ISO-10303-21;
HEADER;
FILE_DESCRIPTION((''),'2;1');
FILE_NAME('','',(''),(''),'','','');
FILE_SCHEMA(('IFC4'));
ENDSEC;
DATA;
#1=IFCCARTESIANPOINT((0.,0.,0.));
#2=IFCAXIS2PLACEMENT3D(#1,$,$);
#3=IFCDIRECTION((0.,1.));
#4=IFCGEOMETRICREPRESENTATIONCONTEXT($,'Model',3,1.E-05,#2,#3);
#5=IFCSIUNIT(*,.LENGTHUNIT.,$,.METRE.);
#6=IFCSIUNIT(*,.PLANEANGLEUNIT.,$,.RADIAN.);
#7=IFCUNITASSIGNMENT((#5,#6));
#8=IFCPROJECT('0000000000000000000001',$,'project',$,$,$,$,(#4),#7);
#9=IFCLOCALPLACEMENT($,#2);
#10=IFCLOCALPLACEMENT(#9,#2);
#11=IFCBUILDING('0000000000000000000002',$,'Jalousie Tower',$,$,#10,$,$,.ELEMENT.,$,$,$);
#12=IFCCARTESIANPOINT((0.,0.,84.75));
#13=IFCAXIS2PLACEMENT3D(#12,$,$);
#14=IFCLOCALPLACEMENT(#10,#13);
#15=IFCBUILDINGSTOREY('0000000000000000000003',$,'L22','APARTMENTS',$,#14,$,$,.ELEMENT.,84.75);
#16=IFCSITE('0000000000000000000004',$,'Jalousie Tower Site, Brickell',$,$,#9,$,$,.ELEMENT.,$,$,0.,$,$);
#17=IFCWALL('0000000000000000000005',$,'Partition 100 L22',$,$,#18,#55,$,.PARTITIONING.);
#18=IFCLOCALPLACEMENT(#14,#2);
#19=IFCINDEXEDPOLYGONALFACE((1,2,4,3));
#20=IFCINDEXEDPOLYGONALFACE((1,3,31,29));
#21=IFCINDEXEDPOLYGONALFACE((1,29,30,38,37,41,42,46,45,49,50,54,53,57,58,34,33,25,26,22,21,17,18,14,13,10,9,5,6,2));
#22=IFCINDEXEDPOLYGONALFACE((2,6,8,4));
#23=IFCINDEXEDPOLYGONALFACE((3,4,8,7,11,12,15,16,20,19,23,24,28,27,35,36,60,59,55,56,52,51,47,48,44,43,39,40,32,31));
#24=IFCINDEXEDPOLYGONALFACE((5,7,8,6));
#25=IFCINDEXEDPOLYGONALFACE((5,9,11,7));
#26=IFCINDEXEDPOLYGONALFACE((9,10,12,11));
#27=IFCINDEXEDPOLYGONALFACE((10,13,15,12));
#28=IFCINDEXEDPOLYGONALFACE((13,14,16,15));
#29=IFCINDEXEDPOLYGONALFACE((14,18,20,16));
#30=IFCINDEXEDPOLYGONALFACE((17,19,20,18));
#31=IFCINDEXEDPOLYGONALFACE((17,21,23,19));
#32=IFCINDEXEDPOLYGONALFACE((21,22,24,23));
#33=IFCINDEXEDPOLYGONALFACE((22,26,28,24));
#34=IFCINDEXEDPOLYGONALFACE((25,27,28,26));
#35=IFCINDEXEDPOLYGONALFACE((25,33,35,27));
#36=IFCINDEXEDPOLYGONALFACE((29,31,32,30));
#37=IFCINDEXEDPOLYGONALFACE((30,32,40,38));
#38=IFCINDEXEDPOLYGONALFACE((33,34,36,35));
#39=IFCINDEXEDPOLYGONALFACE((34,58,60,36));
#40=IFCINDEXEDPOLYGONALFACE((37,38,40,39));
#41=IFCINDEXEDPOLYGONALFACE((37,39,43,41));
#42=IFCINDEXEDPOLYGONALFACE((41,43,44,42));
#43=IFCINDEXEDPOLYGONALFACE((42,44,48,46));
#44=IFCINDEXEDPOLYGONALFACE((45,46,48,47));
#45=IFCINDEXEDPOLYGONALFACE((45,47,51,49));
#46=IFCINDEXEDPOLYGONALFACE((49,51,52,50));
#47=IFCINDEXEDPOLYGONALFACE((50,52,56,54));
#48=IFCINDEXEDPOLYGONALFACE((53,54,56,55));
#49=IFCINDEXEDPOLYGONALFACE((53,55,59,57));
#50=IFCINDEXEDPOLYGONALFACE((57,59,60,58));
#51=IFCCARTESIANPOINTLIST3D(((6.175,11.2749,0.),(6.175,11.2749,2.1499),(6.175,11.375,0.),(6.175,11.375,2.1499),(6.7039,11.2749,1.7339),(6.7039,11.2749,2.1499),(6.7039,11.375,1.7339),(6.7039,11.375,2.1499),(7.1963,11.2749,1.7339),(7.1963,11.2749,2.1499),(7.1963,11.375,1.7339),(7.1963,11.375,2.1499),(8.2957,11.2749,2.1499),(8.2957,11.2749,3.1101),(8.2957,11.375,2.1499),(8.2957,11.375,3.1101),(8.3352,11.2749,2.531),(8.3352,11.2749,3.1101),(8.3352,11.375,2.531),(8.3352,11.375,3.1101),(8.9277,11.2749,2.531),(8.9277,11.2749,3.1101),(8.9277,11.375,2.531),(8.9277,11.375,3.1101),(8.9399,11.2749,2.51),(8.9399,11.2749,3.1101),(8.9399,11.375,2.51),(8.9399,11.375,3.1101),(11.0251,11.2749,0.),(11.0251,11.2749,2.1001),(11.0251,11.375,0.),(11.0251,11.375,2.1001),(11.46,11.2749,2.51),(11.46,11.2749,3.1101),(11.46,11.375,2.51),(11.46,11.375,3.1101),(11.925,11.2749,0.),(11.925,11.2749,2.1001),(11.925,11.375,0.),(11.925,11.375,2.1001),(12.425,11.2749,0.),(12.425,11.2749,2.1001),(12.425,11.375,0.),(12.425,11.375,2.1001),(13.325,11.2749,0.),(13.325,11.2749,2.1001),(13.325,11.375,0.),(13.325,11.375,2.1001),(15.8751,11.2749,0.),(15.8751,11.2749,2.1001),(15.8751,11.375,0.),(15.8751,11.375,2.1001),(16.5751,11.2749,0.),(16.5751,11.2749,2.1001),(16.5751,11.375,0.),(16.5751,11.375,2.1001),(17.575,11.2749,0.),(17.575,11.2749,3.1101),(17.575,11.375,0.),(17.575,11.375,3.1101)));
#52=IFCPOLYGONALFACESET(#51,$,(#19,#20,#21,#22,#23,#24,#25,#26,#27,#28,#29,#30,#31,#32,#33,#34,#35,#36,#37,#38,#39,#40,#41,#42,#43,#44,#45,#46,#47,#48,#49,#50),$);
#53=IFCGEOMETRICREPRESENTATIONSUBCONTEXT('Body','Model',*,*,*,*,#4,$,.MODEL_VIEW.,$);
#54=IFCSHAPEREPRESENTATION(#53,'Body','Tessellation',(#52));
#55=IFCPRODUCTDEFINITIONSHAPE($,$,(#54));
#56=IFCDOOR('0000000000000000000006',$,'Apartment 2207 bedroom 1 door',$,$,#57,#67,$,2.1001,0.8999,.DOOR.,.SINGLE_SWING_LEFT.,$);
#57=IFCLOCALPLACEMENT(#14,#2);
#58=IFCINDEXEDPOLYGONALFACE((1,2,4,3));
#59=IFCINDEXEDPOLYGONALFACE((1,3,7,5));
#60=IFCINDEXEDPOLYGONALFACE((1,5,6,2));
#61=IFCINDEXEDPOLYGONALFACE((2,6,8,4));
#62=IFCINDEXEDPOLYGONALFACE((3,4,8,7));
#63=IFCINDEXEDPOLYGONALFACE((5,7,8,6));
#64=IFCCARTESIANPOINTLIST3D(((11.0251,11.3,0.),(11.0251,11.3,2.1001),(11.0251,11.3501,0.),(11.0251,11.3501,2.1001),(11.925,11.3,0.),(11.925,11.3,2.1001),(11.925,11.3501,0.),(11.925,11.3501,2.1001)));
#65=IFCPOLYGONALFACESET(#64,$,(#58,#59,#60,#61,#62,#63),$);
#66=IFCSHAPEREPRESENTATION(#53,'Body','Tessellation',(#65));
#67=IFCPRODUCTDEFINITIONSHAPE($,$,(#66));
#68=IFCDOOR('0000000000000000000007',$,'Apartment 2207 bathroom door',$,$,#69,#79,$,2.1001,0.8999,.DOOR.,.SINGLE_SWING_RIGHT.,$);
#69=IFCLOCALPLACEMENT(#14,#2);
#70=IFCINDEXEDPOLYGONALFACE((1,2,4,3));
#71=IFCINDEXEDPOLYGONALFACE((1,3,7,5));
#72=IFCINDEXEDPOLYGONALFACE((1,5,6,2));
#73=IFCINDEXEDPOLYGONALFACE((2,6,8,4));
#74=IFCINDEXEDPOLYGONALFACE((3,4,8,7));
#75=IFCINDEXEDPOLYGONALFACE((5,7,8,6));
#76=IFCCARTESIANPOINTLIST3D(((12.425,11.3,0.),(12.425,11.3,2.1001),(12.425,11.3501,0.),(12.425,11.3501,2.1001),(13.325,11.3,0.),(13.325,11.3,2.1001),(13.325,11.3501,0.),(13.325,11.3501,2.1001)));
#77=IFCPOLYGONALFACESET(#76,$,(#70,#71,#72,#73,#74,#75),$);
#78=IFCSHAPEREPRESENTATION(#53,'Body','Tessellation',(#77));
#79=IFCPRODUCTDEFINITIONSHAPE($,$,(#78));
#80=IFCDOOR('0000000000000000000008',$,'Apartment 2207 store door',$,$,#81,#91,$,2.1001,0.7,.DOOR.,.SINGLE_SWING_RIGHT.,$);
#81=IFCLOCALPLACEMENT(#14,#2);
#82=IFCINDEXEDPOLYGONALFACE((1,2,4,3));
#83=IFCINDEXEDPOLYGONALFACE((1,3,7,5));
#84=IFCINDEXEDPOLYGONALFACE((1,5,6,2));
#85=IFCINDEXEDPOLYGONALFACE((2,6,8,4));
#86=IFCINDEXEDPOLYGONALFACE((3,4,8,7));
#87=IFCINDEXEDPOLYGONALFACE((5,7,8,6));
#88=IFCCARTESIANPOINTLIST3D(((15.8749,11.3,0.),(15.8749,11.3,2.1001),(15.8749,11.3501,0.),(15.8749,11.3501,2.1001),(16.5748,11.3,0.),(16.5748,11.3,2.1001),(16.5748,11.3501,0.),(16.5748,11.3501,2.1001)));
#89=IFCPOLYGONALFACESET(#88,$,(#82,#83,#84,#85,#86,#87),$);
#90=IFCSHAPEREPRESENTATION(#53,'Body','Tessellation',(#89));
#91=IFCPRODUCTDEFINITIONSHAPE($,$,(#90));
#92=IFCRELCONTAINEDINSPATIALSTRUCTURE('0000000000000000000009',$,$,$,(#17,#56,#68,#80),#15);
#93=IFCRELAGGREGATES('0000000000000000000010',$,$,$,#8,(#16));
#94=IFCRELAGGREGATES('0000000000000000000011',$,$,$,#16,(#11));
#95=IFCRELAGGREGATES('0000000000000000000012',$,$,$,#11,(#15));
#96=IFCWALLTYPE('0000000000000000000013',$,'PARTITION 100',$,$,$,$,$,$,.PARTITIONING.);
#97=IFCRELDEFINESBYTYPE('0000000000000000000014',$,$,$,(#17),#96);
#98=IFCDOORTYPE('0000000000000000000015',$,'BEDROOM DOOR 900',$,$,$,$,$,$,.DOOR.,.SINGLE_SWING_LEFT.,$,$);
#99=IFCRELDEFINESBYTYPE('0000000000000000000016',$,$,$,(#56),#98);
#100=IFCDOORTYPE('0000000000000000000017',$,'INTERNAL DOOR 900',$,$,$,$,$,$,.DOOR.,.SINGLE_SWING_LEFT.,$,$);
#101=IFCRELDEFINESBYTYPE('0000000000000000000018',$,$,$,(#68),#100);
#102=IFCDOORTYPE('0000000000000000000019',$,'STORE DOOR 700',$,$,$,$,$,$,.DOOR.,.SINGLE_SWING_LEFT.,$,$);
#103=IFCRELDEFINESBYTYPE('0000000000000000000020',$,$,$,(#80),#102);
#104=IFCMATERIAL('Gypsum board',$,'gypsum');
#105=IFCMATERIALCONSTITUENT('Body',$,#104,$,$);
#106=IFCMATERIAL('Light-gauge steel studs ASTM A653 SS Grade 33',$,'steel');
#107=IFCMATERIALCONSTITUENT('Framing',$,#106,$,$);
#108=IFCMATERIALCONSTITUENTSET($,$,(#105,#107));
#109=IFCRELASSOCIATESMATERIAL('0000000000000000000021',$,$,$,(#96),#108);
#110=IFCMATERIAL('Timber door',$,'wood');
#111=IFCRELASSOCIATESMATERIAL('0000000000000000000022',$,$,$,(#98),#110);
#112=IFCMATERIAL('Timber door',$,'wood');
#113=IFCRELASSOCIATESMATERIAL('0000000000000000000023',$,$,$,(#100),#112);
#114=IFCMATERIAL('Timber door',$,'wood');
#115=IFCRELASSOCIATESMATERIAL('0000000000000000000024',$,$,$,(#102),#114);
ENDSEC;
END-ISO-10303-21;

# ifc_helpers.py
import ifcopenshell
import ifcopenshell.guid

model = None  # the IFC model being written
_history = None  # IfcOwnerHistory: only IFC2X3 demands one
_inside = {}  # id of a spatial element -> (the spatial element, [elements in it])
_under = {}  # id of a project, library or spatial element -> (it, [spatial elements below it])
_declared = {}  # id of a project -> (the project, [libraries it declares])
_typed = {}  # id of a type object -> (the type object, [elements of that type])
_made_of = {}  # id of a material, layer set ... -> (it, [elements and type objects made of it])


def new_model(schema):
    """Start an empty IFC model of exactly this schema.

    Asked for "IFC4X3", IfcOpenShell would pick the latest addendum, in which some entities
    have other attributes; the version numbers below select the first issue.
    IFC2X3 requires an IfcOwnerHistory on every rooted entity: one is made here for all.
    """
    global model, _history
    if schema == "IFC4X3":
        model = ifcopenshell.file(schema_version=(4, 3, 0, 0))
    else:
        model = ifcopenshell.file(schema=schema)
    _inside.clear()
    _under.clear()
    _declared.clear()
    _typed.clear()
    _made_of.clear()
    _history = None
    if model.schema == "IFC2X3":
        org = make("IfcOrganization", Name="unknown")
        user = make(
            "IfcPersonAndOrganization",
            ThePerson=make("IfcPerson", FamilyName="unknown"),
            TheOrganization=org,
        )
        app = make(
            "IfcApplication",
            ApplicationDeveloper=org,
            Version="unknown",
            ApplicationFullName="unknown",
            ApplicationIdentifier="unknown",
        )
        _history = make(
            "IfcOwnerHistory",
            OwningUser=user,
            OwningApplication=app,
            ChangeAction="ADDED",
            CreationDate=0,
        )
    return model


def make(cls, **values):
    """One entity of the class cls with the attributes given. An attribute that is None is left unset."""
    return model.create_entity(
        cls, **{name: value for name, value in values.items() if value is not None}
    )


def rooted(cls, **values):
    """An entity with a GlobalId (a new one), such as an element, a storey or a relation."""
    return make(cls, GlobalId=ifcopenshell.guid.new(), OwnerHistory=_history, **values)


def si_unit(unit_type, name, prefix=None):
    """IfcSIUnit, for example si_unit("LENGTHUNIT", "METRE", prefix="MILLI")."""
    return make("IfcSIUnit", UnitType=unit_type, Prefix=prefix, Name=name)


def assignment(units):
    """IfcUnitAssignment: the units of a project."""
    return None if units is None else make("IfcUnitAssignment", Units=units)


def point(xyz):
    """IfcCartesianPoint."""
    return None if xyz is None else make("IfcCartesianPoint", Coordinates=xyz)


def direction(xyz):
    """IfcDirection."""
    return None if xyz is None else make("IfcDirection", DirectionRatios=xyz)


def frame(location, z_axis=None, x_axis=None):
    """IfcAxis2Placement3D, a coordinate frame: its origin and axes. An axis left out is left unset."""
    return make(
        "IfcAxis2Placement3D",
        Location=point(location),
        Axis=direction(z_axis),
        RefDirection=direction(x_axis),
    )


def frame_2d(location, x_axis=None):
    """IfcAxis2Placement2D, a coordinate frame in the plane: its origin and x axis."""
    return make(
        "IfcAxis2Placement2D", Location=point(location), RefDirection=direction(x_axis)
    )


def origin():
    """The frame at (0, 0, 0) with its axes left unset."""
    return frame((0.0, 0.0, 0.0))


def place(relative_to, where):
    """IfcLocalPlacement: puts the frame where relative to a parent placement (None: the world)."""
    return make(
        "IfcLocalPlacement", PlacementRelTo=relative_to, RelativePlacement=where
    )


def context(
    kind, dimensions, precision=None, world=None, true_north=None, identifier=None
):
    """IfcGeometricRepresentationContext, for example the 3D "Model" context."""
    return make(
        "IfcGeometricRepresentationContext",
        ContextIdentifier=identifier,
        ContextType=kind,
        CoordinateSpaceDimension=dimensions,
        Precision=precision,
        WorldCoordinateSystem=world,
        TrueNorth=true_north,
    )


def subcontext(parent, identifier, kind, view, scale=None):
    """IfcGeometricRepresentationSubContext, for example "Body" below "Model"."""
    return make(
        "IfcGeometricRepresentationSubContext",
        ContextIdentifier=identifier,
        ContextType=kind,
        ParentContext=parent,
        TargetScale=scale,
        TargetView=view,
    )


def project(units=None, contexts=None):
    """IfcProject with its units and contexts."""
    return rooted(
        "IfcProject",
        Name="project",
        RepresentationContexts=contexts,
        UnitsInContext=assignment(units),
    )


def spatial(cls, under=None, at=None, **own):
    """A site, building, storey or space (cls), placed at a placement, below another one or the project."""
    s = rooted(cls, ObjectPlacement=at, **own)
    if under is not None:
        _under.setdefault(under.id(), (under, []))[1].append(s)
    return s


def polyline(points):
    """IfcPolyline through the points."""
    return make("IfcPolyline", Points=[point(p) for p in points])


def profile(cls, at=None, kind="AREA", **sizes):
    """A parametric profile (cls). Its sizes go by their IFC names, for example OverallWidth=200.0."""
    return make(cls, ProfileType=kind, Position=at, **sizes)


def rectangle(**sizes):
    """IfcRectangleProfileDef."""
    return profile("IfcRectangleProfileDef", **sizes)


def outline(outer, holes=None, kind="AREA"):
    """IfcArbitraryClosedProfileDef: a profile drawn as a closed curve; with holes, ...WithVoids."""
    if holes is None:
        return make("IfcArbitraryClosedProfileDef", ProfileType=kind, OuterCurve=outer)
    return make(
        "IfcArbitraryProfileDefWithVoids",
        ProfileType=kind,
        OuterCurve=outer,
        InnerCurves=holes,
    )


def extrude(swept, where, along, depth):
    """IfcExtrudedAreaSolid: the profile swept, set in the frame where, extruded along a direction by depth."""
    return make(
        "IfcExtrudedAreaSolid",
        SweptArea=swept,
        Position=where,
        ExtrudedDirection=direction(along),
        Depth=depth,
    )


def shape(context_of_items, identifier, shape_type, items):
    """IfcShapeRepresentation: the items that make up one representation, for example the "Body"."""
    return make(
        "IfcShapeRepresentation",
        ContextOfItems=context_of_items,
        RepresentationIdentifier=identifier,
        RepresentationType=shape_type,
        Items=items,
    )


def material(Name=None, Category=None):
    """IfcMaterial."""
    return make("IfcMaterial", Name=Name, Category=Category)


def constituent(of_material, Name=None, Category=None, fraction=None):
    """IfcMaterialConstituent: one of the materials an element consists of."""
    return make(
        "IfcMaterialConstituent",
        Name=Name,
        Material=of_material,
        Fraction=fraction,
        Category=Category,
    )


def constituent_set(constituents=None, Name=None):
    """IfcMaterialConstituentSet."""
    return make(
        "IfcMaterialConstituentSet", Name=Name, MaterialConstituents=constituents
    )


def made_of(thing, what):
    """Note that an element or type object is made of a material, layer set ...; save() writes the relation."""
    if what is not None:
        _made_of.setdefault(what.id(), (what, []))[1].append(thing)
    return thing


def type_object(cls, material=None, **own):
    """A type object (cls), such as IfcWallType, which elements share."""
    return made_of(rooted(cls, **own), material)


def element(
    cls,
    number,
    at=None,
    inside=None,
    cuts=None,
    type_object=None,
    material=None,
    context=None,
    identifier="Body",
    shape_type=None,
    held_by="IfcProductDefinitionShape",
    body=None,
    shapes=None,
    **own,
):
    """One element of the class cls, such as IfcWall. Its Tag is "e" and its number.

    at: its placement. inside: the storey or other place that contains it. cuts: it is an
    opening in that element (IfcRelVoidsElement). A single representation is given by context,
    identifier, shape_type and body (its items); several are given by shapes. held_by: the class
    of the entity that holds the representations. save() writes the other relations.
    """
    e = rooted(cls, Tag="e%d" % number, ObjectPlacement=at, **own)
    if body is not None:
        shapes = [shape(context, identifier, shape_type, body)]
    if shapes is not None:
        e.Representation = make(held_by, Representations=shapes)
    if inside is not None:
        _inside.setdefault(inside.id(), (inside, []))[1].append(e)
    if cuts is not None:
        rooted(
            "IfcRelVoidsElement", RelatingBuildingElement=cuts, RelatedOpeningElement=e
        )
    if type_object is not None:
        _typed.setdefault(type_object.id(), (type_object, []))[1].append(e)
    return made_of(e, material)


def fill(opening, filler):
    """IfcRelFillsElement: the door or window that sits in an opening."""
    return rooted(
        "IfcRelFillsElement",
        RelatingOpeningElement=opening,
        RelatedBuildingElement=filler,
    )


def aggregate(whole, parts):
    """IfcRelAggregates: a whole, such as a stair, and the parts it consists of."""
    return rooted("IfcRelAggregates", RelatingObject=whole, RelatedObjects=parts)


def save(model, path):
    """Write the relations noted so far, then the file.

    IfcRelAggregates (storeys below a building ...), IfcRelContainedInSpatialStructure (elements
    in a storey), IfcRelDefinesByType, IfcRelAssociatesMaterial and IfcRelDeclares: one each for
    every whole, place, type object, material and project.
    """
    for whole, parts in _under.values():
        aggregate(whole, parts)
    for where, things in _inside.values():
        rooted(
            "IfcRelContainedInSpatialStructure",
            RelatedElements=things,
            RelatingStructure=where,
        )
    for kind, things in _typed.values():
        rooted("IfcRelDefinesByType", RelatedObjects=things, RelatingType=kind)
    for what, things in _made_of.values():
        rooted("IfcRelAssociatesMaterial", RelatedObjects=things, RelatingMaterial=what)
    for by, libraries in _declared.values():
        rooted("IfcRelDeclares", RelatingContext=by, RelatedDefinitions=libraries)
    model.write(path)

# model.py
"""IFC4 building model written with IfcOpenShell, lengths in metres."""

from ifc_helpers import new_model, si_unit, direction, frame, frame_2d, origin, place, context, subcontext, project, spatial, polyline, rectangle, outline, extrude, material, constituent, constituent_set, type_object, element, fill, save


model = new_model("IFC4")

# Units and contexts
model_context = context("Model", 3, precision=1e-05, world=origin(), true_north=direction((0.0, 1.0)))
body_context = subcontext(model_context, "Body", "Model", "MODEL_VIEW")
ifc_project = project(units=[si_unit("LENGTHUNIT", "METRE"), si_unit("PLANEANGLEUNIT", "RADIAN")], contexts=[model_context])

# Site, building, storey
site_placement = place(None, origin())
site = spatial("IfcSite", under=ifc_project, at=site_placement, Name="Jalousie Tower Site, Brickell", CompositionType="ELEMENT", RefElevation=0.0)
building_placement = place(site_placement, origin())
building = spatial("IfcBuilding", under=site, at=building_placement, Name="Jalousie Tower", CompositionType="ELEMENT")
storey_placement = place(building_placement, frame((0.0, 0.0, 84.75)))
storey = spatial("IfcBuildingStorey", under=building, at=storey_placement, Name="L22", Description="APARTMENTS", CompositionType="ELEMENT", Elevation=84.75)

# Wall, openings, doors
ifc_material_1 = material(Name="Gypsum board", Category="gypsum")
ifc_constituent_1 = constituent(ifc_material_1, Name="Body")
ifc_material_2 = material(Name="Light-gauge steel studs ASTM A653 SS Grade 33", Category="steel")
ifc_constituent_2 = constituent(ifc_material_2, Name="Framing")
ifc_constituent_set_1 = constituent_set(constituents=[ifc_constituent_1, ifc_constituent_2])
wall_type_1 = type_object("IfcWallType", Name="PARTITION 100", PredefinedType="PARTITIONING", material=ifc_constituent_set_1)
wall_1_placement = place(storey_placement, frame((6.175, 11.325, 0.0), z_axis=(0.0, 0.0, 1.0), x_axis=(1.0, 0.0, 0.0)))
wall_1 = element("IfcWall", 1, at=wall_1_placement, inside=storey, type_object=wall_type_1, Name="Partition 100 L22", PredefinedType="PARTITIONING", context=body_context, shape_type="SweptSolid", body=[
    extrude(outline(polyline([(0.0, 0.0), (11.3999, 0.0), (11.3999, 3.1101), (5.2849, 3.1101), (5.2849, 2.51), (2.7649, 2.51), (2.7649, 3.1101), (2.7527, 3.1101), (2.7527, 2.531), (2.1602, 2.531), (2.1602, 3.1101), (2.1206, 3.1101), (2.1206, 2.1499), (1.0212, 2.1499), (1.0212, 1.7339), (0.5288, 1.7339), (0.5288, 2.1499), (0.0, 2.1499), (0.0, 0.0)])), frame((0.0, 0.05, 0.0), z_axis=(0.0, -1.0, 0.0), x_axis=(1.0, 0.0, 0.0)), (0.0, 0.0, 1.0), 0.1001),
])
opening_1_placement = place(wall_1_placement, frame((4.8501, 0.0, 0.0)))
opening_1 = element("IfcOpeningElement", 2, at=opening_1_placement, cuts=wall_1, PredefinedType="OPENING", context=body_context, shape_type="SweptSolid", body=[
    extrude(rectangle(XDim=0.8999, YDim=2.1001, at=frame_2d((0.45, 1.05))), frame((0.0, 0.0601, 0.0), z_axis=(0.0, -1.0, 0.0), x_axis=(1.0, 0.0, 0.0)), (0.0, 0.0, 1.0), 0.1201),
])
opening_2_placement = place(wall_1_placement, frame((6.25, 0.0, 0.0)))
opening_2 = element("IfcOpeningElement", 3, at=opening_2_placement, cuts=wall_1, PredefinedType="OPENING", context=body_context, shape_type="SweptSolid", body=[
    extrude(rectangle(XDim=0.8999, YDim=2.1001, at=frame_2d((0.45, 1.05))), frame((0.0, 0.0601, 0.0), z_axis=(0.0, -1.0, 0.0), x_axis=(1.0, 0.0, 0.0)), (0.0, 0.0, 1.0), 0.1201),
])
opening_3_placement = place(wall_1_placement, frame((9.7, 0.0, 0.0)))
opening_3 = element("IfcOpeningElement", 4, at=opening_3_placement, cuts=wall_1, PredefinedType="OPENING", context=body_context, shape_type="SweptSolid", body=[
    extrude(rectangle(XDim=0.7, YDim=2.1001, at=frame_2d((0.3501, 1.05))), frame((0.0, 0.0601, 0.0), z_axis=(0.0, -1.0, 0.0), x_axis=(1.0, 0.0, 0.0)), (0.0, 0.0, 1.0), 0.1201),
])
ifc_material_3 = material(Name="Timber door", Category="wood")
door_type_1 = type_object("IfcDoorType", Name="BEDROOM DOOR 900", OperationType="SINGLE_SWING_LEFT", PredefinedType="DOOR", material=ifc_material_3)
door_1_placement = place(opening_1_placement, frame((0.8999, 0.0, 0.0), z_axis=(0.0, 0.0, 1.0), x_axis=(-1.0, 0.0, 0.0)))
door_1 = element("IfcDoor", 5, at=door_1_placement, inside=storey, type_object=door_type_1, Name="Apartment 2207 bedroom 1 door", OperationType="SINGLE_SWING_LEFT", OverallHeight=2.1001, OverallWidth=0.8999, PredefinedType="DOOR", context=body_context, shape_type="SweptSolid", body=[
    extrude(rectangle(XDim=0.8999, YDim=2.1001, at=frame_2d((0.45, 1.05))), frame((0.0, 0.0249, 0.0), z_axis=(0.0, -1.0, 0.0), x_axis=(1.0, 0.0, 0.0)), (0.0, 0.0, 1.0), 0.05),
])
fill(opening_1, door_1)
ifc_material_4 = material(Name="Timber door", Category="wood")
door_type_2 = type_object("IfcDoorType", Name="INTERNAL DOOR 900", OperationType="SINGLE_SWING_LEFT", PredefinedType="DOOR", material=ifc_material_4)
door_2_placement = place(opening_2_placement, frame((0.8999, 0.0, 0.0), z_axis=(0.0, 0.0, 1.0), x_axis=(-1.0, 0.0, 0.0)))
door_2 = element("IfcDoor", 6, at=door_2_placement, inside=storey, type_object=door_type_2, Name="Apartment 2207 bathroom door", OperationType="SINGLE_SWING_RIGHT", OverallHeight=2.1001, OverallWidth=0.8999, PredefinedType="DOOR", context=body_context, shape_type="SweptSolid", body=[
    extrude(rectangle(XDim=0.8999, YDim=2.1001, at=frame_2d((0.45, 1.05))), frame((0.0, 0.0249, 0.0), z_axis=(0.0, -1.0, 0.0), x_axis=(1.0, 0.0, 0.0)), (0.0, 0.0, 1.0), 0.05),
])
fill(opening_2, door_2)
ifc_material_5 = material(Name="Timber door", Category="wood")
door_type_3 = type_object("IfcDoorType", Name="STORE DOOR 700", OperationType="SINGLE_SWING_LEFT", PredefinedType="DOOR", material=ifc_material_5)
door_3_placement = place(opening_3_placement, frame((0.7, 0.0, 0.0), z_axis=(0.0, 0.0, 1.0), x_axis=(-1.0, 0.0, 0.0)))
door_3 = element("IfcDoor", 7, at=door_3_placement, inside=storey, type_object=door_type_3, Name="Apartment 2207 store door", OperationType="SINGLE_SWING_RIGHT", OverallHeight=2.1001, OverallWidth=0.7, PredefinedType="DOOR", context=body_context, shape_type="SweptSolid", body=[
    extrude(rectangle(XDim=0.7, YDim=2.1001, at=frame_2d((0.3501, 1.05))), frame((0.0, 0.0249, 0.0), z_axis=(0.0, -1.0, 0.0), x_axis=(1.0, 0.0, 0.0)), (0.0, 0.0, 1.0), 0.05),
])
fill(opening_3, door_3)

save(model, "model.ifc")
